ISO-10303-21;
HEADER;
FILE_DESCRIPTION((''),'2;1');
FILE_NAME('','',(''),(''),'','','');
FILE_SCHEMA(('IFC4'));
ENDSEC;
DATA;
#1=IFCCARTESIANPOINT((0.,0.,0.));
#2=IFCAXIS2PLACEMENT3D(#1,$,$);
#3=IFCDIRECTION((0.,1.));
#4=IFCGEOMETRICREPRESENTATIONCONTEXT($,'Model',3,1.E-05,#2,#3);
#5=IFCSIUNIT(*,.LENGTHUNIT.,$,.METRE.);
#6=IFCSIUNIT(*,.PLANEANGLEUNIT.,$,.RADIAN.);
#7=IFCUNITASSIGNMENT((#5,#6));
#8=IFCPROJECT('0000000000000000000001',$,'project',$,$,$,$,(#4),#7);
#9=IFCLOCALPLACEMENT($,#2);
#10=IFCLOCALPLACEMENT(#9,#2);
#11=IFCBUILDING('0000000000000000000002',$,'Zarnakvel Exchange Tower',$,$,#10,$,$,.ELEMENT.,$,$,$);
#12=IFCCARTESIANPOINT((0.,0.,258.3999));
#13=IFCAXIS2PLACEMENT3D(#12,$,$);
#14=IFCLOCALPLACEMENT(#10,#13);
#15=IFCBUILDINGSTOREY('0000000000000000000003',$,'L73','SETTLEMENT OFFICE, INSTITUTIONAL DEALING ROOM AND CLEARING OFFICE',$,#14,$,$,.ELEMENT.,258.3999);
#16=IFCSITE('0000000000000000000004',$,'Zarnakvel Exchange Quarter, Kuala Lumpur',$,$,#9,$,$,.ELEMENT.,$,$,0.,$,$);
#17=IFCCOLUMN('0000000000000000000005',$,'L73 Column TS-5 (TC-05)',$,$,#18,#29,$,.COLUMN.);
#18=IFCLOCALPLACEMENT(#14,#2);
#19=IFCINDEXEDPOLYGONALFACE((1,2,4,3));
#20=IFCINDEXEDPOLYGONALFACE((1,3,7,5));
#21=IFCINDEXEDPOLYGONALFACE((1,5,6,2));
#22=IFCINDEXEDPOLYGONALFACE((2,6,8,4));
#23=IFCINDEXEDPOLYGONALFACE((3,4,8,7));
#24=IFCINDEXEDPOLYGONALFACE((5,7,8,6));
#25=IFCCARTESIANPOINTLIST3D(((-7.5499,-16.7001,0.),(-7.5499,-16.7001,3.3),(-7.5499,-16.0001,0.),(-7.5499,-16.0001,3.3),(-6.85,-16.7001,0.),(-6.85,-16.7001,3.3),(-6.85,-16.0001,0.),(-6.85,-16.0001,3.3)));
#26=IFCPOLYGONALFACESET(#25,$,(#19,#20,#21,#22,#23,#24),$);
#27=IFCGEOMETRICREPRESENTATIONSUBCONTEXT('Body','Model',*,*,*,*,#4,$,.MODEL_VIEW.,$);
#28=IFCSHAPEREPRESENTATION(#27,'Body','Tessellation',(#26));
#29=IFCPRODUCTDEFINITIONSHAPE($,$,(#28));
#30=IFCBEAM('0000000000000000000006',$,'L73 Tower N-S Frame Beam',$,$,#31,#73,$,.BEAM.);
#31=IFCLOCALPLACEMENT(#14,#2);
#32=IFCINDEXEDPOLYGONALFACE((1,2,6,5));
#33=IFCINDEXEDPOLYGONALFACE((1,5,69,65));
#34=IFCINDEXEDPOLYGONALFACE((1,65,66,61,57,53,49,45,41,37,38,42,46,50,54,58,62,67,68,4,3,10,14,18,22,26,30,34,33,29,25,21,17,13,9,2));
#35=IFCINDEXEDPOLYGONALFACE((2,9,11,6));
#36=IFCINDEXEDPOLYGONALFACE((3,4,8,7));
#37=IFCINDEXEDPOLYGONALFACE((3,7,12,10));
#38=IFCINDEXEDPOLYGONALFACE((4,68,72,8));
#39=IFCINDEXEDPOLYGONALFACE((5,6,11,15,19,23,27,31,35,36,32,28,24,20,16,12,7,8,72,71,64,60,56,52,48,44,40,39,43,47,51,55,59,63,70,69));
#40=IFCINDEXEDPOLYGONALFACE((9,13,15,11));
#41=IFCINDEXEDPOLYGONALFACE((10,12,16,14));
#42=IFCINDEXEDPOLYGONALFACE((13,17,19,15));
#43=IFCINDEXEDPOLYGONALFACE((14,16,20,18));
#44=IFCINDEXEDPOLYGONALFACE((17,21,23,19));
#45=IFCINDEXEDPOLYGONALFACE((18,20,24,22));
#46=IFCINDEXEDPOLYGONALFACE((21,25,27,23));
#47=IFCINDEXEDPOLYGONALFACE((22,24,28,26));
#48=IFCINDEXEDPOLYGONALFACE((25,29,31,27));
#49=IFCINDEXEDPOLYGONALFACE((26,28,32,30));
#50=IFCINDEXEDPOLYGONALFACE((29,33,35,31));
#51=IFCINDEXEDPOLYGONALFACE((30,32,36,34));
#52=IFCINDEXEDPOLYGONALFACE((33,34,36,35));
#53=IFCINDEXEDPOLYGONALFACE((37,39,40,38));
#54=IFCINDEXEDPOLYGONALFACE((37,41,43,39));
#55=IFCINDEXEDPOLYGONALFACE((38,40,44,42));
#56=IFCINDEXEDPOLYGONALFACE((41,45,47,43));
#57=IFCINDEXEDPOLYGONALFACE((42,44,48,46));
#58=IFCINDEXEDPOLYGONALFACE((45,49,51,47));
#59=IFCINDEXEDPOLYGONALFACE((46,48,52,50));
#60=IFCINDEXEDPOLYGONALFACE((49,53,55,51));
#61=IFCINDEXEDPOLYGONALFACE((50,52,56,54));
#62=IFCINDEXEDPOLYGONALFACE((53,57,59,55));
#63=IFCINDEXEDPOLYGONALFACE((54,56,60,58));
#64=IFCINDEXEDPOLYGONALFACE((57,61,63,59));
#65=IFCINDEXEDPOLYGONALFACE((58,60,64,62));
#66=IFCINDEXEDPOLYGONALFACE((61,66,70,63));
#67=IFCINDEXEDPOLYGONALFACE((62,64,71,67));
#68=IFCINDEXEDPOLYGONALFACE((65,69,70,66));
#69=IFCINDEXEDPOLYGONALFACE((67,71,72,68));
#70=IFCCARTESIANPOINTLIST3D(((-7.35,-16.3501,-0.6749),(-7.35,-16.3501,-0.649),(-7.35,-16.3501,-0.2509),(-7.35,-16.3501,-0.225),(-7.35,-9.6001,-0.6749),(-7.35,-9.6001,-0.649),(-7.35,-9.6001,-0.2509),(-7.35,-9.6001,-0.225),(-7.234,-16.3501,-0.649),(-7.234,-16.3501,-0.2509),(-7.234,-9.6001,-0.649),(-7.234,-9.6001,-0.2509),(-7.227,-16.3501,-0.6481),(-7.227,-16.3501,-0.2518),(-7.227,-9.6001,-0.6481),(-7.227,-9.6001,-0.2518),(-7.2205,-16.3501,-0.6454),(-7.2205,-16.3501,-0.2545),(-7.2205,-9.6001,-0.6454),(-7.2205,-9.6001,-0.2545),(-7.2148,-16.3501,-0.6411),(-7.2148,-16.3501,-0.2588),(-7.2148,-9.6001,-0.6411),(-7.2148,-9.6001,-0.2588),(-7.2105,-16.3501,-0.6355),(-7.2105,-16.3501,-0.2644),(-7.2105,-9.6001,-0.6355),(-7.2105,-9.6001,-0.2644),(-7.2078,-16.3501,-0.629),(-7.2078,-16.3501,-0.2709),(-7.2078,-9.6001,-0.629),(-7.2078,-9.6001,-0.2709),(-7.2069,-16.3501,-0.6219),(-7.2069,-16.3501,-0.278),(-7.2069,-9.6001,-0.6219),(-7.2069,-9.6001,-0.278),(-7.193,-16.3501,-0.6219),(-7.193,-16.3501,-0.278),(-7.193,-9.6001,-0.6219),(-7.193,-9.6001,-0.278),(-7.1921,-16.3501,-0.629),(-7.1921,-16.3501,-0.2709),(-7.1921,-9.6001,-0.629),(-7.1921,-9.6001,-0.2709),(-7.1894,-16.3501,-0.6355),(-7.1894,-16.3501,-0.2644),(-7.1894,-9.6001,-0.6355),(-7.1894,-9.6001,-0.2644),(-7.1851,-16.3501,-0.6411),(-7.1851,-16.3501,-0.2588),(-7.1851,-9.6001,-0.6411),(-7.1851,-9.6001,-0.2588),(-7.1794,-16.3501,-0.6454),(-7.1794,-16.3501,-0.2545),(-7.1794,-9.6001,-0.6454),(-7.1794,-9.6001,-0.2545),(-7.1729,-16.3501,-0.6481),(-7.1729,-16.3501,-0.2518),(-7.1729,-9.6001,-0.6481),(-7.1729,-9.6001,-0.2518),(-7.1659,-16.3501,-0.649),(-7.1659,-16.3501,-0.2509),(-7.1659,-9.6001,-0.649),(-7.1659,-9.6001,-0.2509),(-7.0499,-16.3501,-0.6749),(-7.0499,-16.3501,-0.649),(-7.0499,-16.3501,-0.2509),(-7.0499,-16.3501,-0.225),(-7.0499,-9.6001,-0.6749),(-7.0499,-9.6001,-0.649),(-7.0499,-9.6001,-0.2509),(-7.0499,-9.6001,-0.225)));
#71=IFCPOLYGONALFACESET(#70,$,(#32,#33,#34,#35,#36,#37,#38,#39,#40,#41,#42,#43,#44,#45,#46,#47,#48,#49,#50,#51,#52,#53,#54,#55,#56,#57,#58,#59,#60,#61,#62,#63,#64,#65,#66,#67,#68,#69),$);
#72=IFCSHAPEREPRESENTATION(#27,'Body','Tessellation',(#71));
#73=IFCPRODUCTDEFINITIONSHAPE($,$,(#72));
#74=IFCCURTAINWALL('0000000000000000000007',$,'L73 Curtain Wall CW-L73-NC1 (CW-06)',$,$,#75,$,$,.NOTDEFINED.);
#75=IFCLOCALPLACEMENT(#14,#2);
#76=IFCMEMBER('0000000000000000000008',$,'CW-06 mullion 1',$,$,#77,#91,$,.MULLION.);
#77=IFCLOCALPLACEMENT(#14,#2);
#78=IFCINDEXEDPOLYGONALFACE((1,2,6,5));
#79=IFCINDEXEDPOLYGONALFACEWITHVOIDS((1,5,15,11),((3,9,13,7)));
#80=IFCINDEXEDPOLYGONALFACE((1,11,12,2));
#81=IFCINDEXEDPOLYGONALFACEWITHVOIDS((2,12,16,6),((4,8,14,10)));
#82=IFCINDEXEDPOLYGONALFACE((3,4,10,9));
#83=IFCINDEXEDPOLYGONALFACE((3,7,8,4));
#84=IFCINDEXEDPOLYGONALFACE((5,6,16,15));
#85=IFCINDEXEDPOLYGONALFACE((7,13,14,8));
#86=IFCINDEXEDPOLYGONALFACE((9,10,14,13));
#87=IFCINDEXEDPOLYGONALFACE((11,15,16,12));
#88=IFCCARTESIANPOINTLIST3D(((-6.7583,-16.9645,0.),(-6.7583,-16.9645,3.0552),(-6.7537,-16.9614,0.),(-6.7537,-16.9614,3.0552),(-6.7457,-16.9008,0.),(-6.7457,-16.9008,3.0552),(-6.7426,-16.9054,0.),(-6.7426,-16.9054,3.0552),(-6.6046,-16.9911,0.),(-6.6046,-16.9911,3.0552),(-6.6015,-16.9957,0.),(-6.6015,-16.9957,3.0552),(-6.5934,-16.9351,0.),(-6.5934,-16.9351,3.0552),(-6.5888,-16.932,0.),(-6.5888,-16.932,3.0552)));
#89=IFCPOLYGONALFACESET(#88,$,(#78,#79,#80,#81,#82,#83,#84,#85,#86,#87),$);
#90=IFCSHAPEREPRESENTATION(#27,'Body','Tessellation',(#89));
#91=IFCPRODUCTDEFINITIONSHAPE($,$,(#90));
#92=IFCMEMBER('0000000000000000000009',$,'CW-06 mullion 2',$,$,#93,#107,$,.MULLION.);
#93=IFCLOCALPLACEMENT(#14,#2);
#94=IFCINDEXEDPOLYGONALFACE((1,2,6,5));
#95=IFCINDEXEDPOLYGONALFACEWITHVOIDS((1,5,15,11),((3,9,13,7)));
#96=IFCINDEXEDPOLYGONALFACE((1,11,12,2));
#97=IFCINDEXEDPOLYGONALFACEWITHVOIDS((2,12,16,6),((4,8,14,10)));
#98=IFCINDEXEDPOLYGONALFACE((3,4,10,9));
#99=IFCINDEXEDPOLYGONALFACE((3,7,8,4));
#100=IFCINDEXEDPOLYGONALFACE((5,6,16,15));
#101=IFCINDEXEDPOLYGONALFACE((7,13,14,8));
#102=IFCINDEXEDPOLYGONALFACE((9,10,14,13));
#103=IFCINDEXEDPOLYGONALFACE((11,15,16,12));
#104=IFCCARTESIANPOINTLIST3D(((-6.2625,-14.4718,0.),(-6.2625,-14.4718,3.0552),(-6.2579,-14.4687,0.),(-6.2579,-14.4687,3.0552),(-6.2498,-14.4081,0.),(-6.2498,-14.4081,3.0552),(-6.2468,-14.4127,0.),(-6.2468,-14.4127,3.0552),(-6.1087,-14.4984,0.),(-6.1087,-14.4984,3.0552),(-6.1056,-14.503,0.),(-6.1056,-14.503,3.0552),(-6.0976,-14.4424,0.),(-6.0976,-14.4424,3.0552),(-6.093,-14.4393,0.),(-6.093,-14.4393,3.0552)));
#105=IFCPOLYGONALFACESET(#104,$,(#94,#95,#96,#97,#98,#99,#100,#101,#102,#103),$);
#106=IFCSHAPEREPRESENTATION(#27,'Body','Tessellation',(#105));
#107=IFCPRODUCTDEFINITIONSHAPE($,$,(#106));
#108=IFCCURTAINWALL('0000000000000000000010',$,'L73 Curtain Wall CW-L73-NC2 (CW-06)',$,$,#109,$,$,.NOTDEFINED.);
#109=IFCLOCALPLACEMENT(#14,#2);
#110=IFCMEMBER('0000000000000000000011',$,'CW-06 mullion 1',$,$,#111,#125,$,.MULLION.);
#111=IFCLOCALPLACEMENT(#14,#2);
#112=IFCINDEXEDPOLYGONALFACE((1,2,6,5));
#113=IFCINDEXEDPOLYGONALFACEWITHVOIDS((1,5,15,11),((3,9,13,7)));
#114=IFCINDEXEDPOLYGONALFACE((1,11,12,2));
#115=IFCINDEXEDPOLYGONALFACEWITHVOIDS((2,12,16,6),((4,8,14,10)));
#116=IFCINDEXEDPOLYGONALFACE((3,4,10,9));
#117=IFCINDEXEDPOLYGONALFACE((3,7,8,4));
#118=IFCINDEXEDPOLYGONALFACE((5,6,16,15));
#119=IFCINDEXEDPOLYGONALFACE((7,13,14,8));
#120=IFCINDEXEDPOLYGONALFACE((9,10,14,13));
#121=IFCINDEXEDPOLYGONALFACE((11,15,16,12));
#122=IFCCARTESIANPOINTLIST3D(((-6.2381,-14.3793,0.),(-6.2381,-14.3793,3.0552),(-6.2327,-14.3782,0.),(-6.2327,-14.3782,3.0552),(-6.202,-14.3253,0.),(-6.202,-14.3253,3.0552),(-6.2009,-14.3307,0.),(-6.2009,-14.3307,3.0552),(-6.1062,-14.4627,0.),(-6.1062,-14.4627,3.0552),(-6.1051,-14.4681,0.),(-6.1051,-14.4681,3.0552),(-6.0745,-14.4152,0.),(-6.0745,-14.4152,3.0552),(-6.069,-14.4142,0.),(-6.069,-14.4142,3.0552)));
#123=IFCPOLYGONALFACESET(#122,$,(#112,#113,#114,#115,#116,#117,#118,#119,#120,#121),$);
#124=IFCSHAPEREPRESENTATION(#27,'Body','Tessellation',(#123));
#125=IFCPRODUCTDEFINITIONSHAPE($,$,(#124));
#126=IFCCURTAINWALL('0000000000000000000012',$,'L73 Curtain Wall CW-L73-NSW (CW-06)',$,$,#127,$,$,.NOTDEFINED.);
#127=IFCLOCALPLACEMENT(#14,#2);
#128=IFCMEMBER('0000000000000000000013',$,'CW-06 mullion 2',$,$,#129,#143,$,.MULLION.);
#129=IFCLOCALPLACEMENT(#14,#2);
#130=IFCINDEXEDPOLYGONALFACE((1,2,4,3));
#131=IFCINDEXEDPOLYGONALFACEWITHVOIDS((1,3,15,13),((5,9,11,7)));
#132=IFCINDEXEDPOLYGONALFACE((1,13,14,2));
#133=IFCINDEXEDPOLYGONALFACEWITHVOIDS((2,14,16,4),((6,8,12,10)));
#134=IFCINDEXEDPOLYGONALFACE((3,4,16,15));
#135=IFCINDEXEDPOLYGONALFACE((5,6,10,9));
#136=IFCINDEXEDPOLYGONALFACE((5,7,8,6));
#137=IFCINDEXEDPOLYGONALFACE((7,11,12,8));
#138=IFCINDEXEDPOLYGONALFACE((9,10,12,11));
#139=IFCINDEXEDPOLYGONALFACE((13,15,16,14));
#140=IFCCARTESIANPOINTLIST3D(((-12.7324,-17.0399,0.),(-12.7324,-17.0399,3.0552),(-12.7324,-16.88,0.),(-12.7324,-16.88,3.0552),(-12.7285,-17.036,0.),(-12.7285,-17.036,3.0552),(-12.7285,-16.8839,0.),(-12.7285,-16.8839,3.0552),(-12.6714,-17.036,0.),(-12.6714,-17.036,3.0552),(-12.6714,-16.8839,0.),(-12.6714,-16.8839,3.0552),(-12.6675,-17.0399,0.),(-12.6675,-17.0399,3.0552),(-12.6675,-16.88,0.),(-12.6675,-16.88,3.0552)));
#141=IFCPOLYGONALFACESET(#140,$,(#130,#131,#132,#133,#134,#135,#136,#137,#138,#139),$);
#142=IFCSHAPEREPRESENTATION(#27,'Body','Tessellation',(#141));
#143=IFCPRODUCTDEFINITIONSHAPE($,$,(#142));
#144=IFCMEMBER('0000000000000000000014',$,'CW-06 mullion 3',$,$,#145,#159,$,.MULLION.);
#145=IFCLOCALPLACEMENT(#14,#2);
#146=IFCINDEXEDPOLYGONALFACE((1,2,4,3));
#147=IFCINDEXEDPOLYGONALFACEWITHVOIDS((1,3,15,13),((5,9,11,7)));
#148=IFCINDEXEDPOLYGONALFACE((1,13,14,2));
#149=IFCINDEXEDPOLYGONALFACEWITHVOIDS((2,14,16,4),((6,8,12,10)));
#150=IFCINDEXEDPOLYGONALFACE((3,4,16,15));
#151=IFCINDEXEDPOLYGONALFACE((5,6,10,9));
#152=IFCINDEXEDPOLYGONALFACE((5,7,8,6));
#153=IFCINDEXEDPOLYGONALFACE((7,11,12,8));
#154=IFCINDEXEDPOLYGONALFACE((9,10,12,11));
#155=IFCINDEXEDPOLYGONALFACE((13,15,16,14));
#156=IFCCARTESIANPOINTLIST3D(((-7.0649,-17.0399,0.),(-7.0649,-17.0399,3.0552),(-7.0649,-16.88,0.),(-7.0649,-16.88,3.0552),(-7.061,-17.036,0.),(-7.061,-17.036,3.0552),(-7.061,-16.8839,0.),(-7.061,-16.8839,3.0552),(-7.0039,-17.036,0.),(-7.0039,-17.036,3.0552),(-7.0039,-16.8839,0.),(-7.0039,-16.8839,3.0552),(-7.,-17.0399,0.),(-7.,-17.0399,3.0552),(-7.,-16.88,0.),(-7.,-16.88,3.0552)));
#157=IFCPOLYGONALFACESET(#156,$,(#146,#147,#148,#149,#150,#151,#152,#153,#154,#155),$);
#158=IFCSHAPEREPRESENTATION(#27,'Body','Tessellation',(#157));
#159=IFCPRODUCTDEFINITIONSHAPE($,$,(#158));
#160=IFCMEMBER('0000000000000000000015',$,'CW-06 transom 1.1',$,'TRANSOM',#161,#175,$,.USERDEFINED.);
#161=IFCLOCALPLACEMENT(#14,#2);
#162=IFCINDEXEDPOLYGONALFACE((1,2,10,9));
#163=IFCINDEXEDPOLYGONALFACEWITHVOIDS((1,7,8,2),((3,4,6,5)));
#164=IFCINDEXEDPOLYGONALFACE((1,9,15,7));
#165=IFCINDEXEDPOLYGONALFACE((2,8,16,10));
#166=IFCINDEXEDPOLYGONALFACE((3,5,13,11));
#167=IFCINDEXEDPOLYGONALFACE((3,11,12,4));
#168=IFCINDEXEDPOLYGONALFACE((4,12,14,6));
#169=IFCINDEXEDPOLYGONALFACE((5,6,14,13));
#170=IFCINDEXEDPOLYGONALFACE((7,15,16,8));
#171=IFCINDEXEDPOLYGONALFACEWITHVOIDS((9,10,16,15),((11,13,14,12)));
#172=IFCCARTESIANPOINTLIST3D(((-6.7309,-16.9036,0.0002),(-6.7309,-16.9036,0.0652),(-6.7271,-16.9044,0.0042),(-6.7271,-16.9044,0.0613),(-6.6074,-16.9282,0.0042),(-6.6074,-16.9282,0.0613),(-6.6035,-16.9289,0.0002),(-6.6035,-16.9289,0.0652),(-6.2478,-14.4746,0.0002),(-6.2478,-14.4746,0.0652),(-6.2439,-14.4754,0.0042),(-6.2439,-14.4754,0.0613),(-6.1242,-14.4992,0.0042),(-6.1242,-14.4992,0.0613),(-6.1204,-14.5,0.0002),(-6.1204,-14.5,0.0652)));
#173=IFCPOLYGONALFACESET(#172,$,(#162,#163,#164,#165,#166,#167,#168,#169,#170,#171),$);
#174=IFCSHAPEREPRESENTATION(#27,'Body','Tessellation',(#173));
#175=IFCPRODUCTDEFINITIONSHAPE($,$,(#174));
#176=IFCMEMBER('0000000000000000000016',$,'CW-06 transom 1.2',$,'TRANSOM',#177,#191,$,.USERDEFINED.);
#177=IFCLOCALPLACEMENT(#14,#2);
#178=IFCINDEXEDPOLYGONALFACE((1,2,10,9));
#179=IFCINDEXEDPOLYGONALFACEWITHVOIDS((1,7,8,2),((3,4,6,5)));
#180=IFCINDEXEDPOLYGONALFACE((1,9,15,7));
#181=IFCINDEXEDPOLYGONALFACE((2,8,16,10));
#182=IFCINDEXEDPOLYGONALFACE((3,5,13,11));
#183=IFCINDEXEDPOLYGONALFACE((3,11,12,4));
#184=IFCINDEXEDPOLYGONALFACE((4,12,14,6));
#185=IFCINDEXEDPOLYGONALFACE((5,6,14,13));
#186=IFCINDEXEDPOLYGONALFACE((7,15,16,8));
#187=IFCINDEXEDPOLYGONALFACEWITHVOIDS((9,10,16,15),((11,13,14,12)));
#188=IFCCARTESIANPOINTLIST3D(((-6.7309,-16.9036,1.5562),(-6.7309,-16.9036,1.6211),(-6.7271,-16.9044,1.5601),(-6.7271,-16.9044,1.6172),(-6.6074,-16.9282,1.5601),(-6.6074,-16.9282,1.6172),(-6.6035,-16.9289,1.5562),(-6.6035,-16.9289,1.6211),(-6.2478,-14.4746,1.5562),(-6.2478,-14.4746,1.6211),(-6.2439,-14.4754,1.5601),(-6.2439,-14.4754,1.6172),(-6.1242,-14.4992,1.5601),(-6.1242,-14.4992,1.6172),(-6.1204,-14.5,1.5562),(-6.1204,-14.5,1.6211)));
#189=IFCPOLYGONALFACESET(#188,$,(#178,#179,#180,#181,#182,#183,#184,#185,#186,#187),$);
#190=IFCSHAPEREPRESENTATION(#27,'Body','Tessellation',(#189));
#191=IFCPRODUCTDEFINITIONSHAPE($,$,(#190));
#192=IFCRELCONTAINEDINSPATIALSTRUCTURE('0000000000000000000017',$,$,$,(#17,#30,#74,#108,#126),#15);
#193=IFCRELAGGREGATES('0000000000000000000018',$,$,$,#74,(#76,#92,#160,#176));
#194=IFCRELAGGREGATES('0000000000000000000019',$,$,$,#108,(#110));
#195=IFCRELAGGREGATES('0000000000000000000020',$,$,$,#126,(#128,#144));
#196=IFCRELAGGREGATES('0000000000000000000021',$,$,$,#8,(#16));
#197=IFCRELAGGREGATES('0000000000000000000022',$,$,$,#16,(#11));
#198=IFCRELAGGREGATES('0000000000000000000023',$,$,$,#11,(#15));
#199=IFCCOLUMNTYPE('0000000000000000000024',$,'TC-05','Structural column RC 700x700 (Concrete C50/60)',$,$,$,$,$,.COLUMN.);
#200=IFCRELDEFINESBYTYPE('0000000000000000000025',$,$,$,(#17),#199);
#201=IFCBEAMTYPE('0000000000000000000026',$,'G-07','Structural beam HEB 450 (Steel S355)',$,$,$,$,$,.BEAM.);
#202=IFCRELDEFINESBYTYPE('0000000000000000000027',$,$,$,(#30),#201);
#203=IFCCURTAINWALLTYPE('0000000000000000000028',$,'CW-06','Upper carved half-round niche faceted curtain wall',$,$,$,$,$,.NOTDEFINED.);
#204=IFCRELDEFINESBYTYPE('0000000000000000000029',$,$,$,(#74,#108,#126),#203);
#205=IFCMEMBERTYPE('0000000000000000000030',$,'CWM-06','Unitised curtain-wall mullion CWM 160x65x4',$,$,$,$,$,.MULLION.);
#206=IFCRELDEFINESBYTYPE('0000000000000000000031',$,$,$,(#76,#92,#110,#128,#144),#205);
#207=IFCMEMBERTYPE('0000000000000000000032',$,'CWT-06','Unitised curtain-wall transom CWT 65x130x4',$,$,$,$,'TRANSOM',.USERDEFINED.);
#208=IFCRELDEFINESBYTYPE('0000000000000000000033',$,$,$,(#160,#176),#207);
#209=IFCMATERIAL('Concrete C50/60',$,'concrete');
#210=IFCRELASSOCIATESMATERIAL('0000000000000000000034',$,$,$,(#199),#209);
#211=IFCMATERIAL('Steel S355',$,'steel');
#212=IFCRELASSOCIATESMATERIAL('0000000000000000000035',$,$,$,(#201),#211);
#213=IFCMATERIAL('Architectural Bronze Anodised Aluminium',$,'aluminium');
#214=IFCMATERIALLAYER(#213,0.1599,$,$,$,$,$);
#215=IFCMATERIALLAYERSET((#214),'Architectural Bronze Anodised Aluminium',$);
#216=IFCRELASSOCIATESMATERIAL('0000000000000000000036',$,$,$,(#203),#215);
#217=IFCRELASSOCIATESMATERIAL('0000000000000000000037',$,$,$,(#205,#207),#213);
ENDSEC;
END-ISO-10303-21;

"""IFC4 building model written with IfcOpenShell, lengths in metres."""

from ifc_helpers import new_model, si_unit, direction, frame, origin, origin_2d, place, context, subcontext, project, spatial, rectangle, hollow_rectangle, i_section, extrude, source, transform, mapped, material, layer, layer_set, material_profile, profile_set, type_object, element, aggregate, save


model = new_model("IFC4")

# Units and contexts
model_context = context("Model", 3, precision=1e-05, world=origin(), true_north=direction((0.0, 1.0)))
body_context = subcontext(model_context, "Body", "Model", "MODEL_VIEW")
ifc_project = project(units=[si_unit("LENGTHUNIT", "METRE"), si_unit("PLANEANGLEUNIT", "RADIAN")], contexts=[model_context])

# Site, building, storey
site_placement = place(None, origin())
site = spatial("IfcSite", under=ifc_project, at=site_placement, Name="Zarnakvel Exchange Quarter, Kuala Lumpur", CompositionType="ELEMENT", RefElevation=0.0)
building_placement = place(site_placement, origin())
building = spatial("IfcBuilding", under=site, at=building_placement, Name="Zarnakvel Exchange Tower", CompositionType="ELEMENT")
storey_placement = place(building_placement, frame((0.0, 0.0, 258.3999)))
storey = spatial("IfcBuildingStorey", under=building, at=storey_placement, Name="L73", Description="SETTLEMENT OFFICE, INSTITUTIONAL DEALING ROOM AND CLEARING OFFICE", CompositionType="ELEMENT", Elevation=258.3999)

# Column
ifc_material_1 = material(Name="Concrete C50/60", Category="concrete")
ifc_material_profile_1 = material_profile(ifc_material_1, rectangle(XDim=0.7, YDim=0.7, at=origin_2d()))
ifc_profile_set_1 = profile_set([ifc_material_profile_1], Name="Concrete C50/60")
column_type = type_object("IfcColumnType", Name="TC-05", Description="Structural column RC 700x700 (Concrete C50/60)", PredefinedType="COLUMN", material=ifc_profile_set_1)
column_placement = place(storey_placement, frame((-7.2, -16.3501, 0.0), z_axis=(0.0, 0.0, 1.0), x_axis=(1.0, 0.0, 0.0)))
element("IfcColumn", 1, at=column_placement, inside=storey, type_object=column_type, Name="L73 Column TS-5 (TC-05)", PredefinedType="COLUMN", context=body_context, shape_type="SweptSolid", body=[
    extrude(rectangle(XDim=0.7, YDim=0.7, at=origin_2d()), origin(), (0.0, 0.0, 1.0), 3.3),
])

# Beam
ifc_material_2 = material(Name="Steel S355", Category="steel")
ifc_material_profile_2 = material_profile(ifc_material_2, i_section(OverallWidth=0.3, OverallDepth=0.45, WebThickness=0.0139, FlangeThickness=0.0259, FilletRadius=0.0271, at=origin_2d()))
ifc_profile_set_2 = profile_set([ifc_material_profile_2], Name="Steel S355")
beam_type = type_object("IfcBeamType", Name="G-07", Description="Structural beam HEB 450 (Steel S355)", PredefinedType="BEAM", material=ifc_profile_set_2)
beam_placement = place(storey_placement, frame((-7.2, -16.3501, -0.45), z_axis=(0.0, 1.0, 0.0), x_axis=(-1.0, 0.0, 0.0)))
element("IfcBeam", 2, at=beam_placement, inside=storey, type_object=beam_type, Name="L73 Tower N-S Frame Beam", PredefinedType="BEAM", context=body_context, shape_type="SweptSolid", body=[
    extrude(i_section(OverallWidth=0.3, OverallDepth=0.45, WebThickness=0.0139, FlangeThickness=0.0259, FilletRadius=0.0271, at=origin_2d()), origin(), (0.0, 0.0, 1.0), 6.75),
])

# Curtain wall, members
ifc_material_3 = material(Name="Architectural Bronze Anodised Aluminium", Category="aluminium")
ifc_layer_1 = layer(ifc_material_3, 0.1599)
ifc_layer_set_1 = layer_set([ifc_layer_1], Name="Architectural Bronze Anodised Aluminium")
curtain_wall_type = type_object("IfcCurtainWallType", Name="CW-06", Description="Upper carved half-round niche faceted curtain wall", PredefinedType="NOTDEFINED", material=ifc_layer_set_1)
curtain_wall_1_placement = place(storey_placement, origin())
curtain_wall_1 = element("IfcCurtainWall", 3, at=curtain_wall_1_placement, inside=storey, type_object=curtain_wall_type, Name="L73 Curtain Wall CW-L73-NC1 (CW-06)", PredefinedType="NOTDEFINED")
ifc_material_profile_3 = material_profile(ifc_material_3, hollow_rectangle(XDim=0.1599, YDim=0.0649, WallThickness=0.0039, at=origin_2d()))
ifc_profile_set_3 = profile_set([ifc_material_profile_3], Name="Architectural Bronze Anodised Aluminium")
member_type_1 = type_object("IfcMemberType", Name="CWM-06", Description="Unitised curtain-wall mullion CWM 160x65x4", PredefinedType="MULLION", material=ifc_profile_set_3)
shared_shape_1 = source(origin(), body_context, "Body", "SweptSolid", [
    extrude(hollow_rectangle(XDim=0.1599, YDim=0.0649, WallThickness=0.0039, at=origin_2d()), origin(), (0.0, 0.0, 1.0), 3.0552),
])
member_1_placement = place(storey_placement, frame((-6.6736, -16.9482, 0.0), z_axis=(0.0, 0.0, 1.0), x_axis=(-0.980785, 0.19509, 0.0)))
member_1 = element("IfcMember", 4, at=member_1_placement, type_object=member_type_1, Name="CW-06 mullion 1", PredefinedType="MULLION", context=body_context, shape_type="MappedRepresentation", body=[
    mapped(shared_shape_1, transform((0.0, 0.0, 0.0), x_axis=(1.0, 0.0, 0.0), y_axis=(0.0, 1.0, 0.0), z_axis=(0.0, 0.0, 1.0), scale=1.0)),
])
member_2_placement = place(storey_placement, frame((-6.1777, -14.4556, 0.0), z_axis=(0.0, 0.0, 1.0), x_axis=(-0.980785, 0.19509, 0.0)))
member_2 = element("IfcMember", 5, at=member_2_placement, type_object=member_type_1, Name="CW-06 mullion 2", PredefinedType="MULLION", context=body_context, shape_type="MappedRepresentation", body=[
    mapped(shared_shape_1, transform((0.0, 0.0, 0.0), x_axis=(1.0, 0.0, 0.0), y_axis=(0.0, 1.0, 0.0), z_axis=(0.0, 0.0, 1.0), scale=1.0)),
])

# Curtain wall, member
curtain_wall_2_placement = place(storey_placement, origin())
curtain_wall_2 = element("IfcCurtainWall", 6, at=curtain_wall_2_placement, inside=storey, type_object=curtain_wall_type, Name="L73 Curtain Wall CW-L73-NC2 (CW-06)", PredefinedType="NOTDEFINED")
member_3_placement = place(storey_placement, frame((-6.1536, -14.3967, 0.0), z_axis=(0.0, 0.0, 1.0), x_axis=(-0.83147, 0.55557, 0.0)))
member_3 = element("IfcMember", 7, at=member_3_placement, type_object=member_type_1, Name="CW-06 mullion 1", PredefinedType="MULLION", context=body_context, shape_type="MappedRepresentation", body=[
    mapped(shared_shape_1, transform((0.0, 0.0, 0.0), x_axis=(1.0, 0.0, 0.0), y_axis=(0.0, 1.0, 0.0), z_axis=(0.0, 0.0, 1.0), scale=1.0)),
])

# Curtain wall, members
curtain_wall_3_placement = place(storey_placement, origin())
curtain_wall_3 = element("IfcCurtainWall", 8, at=curtain_wall_3_placement, inside=storey, type_object=curtain_wall_type, Name="L73 Curtain Wall CW-L73-NSW (CW-06)", PredefinedType="NOTDEFINED")
member_4_placement = place(storey_placement, frame((-12.7, -16.96, 0.0), z_axis=(0.0, 0.0, 1.0), x_axis=(0.0, 1.0, 0.0)))
member_4 = element("IfcMember", 9, at=member_4_placement, type_object=member_type_1, Name="CW-06 mullion 2", PredefinedType="MULLION", context=body_context, shape_type="MappedRepresentation", body=[
    mapped(shared_shape_1, transform((0.0, 0.0, 0.0), x_axis=(1.0, 0.0, 0.0), y_axis=(0.0, 1.0, 0.0), z_axis=(0.0, 0.0, 1.0), scale=1.0)),
])
member_5_placement = place(storey_placement, frame((-7.0325, -16.96, 0.0), z_axis=(0.0, 0.0, 1.0), x_axis=(0.0, 1.0, 0.0)))
member_5 = element("IfcMember", 10, at=member_5_placement, type_object=member_type_1, Name="CW-06 mullion 3", PredefinedType="MULLION", context=body_context, shape_type="MappedRepresentation", body=[
    mapped(shared_shape_1, transform((0.0, 0.0, 0.0), x_axis=(1.0, 0.0, 0.0), y_axis=(0.0, 1.0, 0.0), z_axis=(0.0, 0.0, 1.0), scale=1.0)),
])

# Members
ifc_material_profile_4 = material_profile(ifc_material_3, hollow_rectangle(XDim=0.1299, YDim=0.0649, WallThickness=0.0039, at=origin_2d()))
ifc_profile_set_4 = profile_set([ifc_material_profile_4], Name="Architectural Bronze Anodised Aluminium")
member_type_2 = type_object("IfcMemberType", Name="CWT-06", Description="Unitised curtain-wall transom CWT 65x130x4", ElementType="TRANSOM", PredefinedType="USERDEFINED", material=ifc_profile_set_4)
shared_shape_2 = source(origin(), body_context, "Body", "SweptSolid", [
    extrude(hollow_rectangle(XDim=0.1299, YDim=0.0649, WallThickness=0.0039, at=origin_2d()), origin(), (0.0, 0.0, 1.0), 2.4766),
])
member_6_placement = place(storey_placement, frame((-6.6672, -16.9163, 0.0327), z_axis=(0.195092, 0.980785, 0.0), x_axis=(-0.980785, 0.195092, 0.0)))
member_6 = element("IfcMember", 11, at=member_6_placement, type_object=member_type_2, Name="CW-06 transom 1.1", ObjectType="TRANSOM", PredefinedType="USERDEFINED", context=body_context, shape_type="MappedRepresentation", body=[
    mapped(shared_shape_2, transform((0.0, 0.0, 0.0), x_axis=(1.0, 0.0, 0.0), y_axis=(0.0, 1.0, 0.0), z_axis=(0.0, 0.0, 1.0), scale=1.0)),
])
member_7_placement = place(storey_placement, frame((-6.6672, -16.9163, 1.5886), z_axis=(0.195092, 0.980785, 0.0), x_axis=(-0.980785, 0.195092, 0.0)))
member_7 = element("IfcMember", 12, at=member_7_placement, type_object=member_type_2, Name="CW-06 transom 1.2", ObjectType="TRANSOM", PredefinedType="USERDEFINED", context=body_context, shape_type="MappedRepresentation", body=[
    mapped(shared_shape_2, transform((0.0, 0.0, 0.0), x_axis=(1.0, 0.0, 0.0), y_axis=(0.0, 1.0, 0.0), z_axis=(0.0, 0.0, 1.0), scale=1.0)),
])

aggregate(curtain_wall_1, [member_1, member_2, member_6, member_7])
aggregate(curtain_wall_2, [member_3])
aggregate(curtain_wall_3, [member_4, member_5])

save(model, "model.ifc")
